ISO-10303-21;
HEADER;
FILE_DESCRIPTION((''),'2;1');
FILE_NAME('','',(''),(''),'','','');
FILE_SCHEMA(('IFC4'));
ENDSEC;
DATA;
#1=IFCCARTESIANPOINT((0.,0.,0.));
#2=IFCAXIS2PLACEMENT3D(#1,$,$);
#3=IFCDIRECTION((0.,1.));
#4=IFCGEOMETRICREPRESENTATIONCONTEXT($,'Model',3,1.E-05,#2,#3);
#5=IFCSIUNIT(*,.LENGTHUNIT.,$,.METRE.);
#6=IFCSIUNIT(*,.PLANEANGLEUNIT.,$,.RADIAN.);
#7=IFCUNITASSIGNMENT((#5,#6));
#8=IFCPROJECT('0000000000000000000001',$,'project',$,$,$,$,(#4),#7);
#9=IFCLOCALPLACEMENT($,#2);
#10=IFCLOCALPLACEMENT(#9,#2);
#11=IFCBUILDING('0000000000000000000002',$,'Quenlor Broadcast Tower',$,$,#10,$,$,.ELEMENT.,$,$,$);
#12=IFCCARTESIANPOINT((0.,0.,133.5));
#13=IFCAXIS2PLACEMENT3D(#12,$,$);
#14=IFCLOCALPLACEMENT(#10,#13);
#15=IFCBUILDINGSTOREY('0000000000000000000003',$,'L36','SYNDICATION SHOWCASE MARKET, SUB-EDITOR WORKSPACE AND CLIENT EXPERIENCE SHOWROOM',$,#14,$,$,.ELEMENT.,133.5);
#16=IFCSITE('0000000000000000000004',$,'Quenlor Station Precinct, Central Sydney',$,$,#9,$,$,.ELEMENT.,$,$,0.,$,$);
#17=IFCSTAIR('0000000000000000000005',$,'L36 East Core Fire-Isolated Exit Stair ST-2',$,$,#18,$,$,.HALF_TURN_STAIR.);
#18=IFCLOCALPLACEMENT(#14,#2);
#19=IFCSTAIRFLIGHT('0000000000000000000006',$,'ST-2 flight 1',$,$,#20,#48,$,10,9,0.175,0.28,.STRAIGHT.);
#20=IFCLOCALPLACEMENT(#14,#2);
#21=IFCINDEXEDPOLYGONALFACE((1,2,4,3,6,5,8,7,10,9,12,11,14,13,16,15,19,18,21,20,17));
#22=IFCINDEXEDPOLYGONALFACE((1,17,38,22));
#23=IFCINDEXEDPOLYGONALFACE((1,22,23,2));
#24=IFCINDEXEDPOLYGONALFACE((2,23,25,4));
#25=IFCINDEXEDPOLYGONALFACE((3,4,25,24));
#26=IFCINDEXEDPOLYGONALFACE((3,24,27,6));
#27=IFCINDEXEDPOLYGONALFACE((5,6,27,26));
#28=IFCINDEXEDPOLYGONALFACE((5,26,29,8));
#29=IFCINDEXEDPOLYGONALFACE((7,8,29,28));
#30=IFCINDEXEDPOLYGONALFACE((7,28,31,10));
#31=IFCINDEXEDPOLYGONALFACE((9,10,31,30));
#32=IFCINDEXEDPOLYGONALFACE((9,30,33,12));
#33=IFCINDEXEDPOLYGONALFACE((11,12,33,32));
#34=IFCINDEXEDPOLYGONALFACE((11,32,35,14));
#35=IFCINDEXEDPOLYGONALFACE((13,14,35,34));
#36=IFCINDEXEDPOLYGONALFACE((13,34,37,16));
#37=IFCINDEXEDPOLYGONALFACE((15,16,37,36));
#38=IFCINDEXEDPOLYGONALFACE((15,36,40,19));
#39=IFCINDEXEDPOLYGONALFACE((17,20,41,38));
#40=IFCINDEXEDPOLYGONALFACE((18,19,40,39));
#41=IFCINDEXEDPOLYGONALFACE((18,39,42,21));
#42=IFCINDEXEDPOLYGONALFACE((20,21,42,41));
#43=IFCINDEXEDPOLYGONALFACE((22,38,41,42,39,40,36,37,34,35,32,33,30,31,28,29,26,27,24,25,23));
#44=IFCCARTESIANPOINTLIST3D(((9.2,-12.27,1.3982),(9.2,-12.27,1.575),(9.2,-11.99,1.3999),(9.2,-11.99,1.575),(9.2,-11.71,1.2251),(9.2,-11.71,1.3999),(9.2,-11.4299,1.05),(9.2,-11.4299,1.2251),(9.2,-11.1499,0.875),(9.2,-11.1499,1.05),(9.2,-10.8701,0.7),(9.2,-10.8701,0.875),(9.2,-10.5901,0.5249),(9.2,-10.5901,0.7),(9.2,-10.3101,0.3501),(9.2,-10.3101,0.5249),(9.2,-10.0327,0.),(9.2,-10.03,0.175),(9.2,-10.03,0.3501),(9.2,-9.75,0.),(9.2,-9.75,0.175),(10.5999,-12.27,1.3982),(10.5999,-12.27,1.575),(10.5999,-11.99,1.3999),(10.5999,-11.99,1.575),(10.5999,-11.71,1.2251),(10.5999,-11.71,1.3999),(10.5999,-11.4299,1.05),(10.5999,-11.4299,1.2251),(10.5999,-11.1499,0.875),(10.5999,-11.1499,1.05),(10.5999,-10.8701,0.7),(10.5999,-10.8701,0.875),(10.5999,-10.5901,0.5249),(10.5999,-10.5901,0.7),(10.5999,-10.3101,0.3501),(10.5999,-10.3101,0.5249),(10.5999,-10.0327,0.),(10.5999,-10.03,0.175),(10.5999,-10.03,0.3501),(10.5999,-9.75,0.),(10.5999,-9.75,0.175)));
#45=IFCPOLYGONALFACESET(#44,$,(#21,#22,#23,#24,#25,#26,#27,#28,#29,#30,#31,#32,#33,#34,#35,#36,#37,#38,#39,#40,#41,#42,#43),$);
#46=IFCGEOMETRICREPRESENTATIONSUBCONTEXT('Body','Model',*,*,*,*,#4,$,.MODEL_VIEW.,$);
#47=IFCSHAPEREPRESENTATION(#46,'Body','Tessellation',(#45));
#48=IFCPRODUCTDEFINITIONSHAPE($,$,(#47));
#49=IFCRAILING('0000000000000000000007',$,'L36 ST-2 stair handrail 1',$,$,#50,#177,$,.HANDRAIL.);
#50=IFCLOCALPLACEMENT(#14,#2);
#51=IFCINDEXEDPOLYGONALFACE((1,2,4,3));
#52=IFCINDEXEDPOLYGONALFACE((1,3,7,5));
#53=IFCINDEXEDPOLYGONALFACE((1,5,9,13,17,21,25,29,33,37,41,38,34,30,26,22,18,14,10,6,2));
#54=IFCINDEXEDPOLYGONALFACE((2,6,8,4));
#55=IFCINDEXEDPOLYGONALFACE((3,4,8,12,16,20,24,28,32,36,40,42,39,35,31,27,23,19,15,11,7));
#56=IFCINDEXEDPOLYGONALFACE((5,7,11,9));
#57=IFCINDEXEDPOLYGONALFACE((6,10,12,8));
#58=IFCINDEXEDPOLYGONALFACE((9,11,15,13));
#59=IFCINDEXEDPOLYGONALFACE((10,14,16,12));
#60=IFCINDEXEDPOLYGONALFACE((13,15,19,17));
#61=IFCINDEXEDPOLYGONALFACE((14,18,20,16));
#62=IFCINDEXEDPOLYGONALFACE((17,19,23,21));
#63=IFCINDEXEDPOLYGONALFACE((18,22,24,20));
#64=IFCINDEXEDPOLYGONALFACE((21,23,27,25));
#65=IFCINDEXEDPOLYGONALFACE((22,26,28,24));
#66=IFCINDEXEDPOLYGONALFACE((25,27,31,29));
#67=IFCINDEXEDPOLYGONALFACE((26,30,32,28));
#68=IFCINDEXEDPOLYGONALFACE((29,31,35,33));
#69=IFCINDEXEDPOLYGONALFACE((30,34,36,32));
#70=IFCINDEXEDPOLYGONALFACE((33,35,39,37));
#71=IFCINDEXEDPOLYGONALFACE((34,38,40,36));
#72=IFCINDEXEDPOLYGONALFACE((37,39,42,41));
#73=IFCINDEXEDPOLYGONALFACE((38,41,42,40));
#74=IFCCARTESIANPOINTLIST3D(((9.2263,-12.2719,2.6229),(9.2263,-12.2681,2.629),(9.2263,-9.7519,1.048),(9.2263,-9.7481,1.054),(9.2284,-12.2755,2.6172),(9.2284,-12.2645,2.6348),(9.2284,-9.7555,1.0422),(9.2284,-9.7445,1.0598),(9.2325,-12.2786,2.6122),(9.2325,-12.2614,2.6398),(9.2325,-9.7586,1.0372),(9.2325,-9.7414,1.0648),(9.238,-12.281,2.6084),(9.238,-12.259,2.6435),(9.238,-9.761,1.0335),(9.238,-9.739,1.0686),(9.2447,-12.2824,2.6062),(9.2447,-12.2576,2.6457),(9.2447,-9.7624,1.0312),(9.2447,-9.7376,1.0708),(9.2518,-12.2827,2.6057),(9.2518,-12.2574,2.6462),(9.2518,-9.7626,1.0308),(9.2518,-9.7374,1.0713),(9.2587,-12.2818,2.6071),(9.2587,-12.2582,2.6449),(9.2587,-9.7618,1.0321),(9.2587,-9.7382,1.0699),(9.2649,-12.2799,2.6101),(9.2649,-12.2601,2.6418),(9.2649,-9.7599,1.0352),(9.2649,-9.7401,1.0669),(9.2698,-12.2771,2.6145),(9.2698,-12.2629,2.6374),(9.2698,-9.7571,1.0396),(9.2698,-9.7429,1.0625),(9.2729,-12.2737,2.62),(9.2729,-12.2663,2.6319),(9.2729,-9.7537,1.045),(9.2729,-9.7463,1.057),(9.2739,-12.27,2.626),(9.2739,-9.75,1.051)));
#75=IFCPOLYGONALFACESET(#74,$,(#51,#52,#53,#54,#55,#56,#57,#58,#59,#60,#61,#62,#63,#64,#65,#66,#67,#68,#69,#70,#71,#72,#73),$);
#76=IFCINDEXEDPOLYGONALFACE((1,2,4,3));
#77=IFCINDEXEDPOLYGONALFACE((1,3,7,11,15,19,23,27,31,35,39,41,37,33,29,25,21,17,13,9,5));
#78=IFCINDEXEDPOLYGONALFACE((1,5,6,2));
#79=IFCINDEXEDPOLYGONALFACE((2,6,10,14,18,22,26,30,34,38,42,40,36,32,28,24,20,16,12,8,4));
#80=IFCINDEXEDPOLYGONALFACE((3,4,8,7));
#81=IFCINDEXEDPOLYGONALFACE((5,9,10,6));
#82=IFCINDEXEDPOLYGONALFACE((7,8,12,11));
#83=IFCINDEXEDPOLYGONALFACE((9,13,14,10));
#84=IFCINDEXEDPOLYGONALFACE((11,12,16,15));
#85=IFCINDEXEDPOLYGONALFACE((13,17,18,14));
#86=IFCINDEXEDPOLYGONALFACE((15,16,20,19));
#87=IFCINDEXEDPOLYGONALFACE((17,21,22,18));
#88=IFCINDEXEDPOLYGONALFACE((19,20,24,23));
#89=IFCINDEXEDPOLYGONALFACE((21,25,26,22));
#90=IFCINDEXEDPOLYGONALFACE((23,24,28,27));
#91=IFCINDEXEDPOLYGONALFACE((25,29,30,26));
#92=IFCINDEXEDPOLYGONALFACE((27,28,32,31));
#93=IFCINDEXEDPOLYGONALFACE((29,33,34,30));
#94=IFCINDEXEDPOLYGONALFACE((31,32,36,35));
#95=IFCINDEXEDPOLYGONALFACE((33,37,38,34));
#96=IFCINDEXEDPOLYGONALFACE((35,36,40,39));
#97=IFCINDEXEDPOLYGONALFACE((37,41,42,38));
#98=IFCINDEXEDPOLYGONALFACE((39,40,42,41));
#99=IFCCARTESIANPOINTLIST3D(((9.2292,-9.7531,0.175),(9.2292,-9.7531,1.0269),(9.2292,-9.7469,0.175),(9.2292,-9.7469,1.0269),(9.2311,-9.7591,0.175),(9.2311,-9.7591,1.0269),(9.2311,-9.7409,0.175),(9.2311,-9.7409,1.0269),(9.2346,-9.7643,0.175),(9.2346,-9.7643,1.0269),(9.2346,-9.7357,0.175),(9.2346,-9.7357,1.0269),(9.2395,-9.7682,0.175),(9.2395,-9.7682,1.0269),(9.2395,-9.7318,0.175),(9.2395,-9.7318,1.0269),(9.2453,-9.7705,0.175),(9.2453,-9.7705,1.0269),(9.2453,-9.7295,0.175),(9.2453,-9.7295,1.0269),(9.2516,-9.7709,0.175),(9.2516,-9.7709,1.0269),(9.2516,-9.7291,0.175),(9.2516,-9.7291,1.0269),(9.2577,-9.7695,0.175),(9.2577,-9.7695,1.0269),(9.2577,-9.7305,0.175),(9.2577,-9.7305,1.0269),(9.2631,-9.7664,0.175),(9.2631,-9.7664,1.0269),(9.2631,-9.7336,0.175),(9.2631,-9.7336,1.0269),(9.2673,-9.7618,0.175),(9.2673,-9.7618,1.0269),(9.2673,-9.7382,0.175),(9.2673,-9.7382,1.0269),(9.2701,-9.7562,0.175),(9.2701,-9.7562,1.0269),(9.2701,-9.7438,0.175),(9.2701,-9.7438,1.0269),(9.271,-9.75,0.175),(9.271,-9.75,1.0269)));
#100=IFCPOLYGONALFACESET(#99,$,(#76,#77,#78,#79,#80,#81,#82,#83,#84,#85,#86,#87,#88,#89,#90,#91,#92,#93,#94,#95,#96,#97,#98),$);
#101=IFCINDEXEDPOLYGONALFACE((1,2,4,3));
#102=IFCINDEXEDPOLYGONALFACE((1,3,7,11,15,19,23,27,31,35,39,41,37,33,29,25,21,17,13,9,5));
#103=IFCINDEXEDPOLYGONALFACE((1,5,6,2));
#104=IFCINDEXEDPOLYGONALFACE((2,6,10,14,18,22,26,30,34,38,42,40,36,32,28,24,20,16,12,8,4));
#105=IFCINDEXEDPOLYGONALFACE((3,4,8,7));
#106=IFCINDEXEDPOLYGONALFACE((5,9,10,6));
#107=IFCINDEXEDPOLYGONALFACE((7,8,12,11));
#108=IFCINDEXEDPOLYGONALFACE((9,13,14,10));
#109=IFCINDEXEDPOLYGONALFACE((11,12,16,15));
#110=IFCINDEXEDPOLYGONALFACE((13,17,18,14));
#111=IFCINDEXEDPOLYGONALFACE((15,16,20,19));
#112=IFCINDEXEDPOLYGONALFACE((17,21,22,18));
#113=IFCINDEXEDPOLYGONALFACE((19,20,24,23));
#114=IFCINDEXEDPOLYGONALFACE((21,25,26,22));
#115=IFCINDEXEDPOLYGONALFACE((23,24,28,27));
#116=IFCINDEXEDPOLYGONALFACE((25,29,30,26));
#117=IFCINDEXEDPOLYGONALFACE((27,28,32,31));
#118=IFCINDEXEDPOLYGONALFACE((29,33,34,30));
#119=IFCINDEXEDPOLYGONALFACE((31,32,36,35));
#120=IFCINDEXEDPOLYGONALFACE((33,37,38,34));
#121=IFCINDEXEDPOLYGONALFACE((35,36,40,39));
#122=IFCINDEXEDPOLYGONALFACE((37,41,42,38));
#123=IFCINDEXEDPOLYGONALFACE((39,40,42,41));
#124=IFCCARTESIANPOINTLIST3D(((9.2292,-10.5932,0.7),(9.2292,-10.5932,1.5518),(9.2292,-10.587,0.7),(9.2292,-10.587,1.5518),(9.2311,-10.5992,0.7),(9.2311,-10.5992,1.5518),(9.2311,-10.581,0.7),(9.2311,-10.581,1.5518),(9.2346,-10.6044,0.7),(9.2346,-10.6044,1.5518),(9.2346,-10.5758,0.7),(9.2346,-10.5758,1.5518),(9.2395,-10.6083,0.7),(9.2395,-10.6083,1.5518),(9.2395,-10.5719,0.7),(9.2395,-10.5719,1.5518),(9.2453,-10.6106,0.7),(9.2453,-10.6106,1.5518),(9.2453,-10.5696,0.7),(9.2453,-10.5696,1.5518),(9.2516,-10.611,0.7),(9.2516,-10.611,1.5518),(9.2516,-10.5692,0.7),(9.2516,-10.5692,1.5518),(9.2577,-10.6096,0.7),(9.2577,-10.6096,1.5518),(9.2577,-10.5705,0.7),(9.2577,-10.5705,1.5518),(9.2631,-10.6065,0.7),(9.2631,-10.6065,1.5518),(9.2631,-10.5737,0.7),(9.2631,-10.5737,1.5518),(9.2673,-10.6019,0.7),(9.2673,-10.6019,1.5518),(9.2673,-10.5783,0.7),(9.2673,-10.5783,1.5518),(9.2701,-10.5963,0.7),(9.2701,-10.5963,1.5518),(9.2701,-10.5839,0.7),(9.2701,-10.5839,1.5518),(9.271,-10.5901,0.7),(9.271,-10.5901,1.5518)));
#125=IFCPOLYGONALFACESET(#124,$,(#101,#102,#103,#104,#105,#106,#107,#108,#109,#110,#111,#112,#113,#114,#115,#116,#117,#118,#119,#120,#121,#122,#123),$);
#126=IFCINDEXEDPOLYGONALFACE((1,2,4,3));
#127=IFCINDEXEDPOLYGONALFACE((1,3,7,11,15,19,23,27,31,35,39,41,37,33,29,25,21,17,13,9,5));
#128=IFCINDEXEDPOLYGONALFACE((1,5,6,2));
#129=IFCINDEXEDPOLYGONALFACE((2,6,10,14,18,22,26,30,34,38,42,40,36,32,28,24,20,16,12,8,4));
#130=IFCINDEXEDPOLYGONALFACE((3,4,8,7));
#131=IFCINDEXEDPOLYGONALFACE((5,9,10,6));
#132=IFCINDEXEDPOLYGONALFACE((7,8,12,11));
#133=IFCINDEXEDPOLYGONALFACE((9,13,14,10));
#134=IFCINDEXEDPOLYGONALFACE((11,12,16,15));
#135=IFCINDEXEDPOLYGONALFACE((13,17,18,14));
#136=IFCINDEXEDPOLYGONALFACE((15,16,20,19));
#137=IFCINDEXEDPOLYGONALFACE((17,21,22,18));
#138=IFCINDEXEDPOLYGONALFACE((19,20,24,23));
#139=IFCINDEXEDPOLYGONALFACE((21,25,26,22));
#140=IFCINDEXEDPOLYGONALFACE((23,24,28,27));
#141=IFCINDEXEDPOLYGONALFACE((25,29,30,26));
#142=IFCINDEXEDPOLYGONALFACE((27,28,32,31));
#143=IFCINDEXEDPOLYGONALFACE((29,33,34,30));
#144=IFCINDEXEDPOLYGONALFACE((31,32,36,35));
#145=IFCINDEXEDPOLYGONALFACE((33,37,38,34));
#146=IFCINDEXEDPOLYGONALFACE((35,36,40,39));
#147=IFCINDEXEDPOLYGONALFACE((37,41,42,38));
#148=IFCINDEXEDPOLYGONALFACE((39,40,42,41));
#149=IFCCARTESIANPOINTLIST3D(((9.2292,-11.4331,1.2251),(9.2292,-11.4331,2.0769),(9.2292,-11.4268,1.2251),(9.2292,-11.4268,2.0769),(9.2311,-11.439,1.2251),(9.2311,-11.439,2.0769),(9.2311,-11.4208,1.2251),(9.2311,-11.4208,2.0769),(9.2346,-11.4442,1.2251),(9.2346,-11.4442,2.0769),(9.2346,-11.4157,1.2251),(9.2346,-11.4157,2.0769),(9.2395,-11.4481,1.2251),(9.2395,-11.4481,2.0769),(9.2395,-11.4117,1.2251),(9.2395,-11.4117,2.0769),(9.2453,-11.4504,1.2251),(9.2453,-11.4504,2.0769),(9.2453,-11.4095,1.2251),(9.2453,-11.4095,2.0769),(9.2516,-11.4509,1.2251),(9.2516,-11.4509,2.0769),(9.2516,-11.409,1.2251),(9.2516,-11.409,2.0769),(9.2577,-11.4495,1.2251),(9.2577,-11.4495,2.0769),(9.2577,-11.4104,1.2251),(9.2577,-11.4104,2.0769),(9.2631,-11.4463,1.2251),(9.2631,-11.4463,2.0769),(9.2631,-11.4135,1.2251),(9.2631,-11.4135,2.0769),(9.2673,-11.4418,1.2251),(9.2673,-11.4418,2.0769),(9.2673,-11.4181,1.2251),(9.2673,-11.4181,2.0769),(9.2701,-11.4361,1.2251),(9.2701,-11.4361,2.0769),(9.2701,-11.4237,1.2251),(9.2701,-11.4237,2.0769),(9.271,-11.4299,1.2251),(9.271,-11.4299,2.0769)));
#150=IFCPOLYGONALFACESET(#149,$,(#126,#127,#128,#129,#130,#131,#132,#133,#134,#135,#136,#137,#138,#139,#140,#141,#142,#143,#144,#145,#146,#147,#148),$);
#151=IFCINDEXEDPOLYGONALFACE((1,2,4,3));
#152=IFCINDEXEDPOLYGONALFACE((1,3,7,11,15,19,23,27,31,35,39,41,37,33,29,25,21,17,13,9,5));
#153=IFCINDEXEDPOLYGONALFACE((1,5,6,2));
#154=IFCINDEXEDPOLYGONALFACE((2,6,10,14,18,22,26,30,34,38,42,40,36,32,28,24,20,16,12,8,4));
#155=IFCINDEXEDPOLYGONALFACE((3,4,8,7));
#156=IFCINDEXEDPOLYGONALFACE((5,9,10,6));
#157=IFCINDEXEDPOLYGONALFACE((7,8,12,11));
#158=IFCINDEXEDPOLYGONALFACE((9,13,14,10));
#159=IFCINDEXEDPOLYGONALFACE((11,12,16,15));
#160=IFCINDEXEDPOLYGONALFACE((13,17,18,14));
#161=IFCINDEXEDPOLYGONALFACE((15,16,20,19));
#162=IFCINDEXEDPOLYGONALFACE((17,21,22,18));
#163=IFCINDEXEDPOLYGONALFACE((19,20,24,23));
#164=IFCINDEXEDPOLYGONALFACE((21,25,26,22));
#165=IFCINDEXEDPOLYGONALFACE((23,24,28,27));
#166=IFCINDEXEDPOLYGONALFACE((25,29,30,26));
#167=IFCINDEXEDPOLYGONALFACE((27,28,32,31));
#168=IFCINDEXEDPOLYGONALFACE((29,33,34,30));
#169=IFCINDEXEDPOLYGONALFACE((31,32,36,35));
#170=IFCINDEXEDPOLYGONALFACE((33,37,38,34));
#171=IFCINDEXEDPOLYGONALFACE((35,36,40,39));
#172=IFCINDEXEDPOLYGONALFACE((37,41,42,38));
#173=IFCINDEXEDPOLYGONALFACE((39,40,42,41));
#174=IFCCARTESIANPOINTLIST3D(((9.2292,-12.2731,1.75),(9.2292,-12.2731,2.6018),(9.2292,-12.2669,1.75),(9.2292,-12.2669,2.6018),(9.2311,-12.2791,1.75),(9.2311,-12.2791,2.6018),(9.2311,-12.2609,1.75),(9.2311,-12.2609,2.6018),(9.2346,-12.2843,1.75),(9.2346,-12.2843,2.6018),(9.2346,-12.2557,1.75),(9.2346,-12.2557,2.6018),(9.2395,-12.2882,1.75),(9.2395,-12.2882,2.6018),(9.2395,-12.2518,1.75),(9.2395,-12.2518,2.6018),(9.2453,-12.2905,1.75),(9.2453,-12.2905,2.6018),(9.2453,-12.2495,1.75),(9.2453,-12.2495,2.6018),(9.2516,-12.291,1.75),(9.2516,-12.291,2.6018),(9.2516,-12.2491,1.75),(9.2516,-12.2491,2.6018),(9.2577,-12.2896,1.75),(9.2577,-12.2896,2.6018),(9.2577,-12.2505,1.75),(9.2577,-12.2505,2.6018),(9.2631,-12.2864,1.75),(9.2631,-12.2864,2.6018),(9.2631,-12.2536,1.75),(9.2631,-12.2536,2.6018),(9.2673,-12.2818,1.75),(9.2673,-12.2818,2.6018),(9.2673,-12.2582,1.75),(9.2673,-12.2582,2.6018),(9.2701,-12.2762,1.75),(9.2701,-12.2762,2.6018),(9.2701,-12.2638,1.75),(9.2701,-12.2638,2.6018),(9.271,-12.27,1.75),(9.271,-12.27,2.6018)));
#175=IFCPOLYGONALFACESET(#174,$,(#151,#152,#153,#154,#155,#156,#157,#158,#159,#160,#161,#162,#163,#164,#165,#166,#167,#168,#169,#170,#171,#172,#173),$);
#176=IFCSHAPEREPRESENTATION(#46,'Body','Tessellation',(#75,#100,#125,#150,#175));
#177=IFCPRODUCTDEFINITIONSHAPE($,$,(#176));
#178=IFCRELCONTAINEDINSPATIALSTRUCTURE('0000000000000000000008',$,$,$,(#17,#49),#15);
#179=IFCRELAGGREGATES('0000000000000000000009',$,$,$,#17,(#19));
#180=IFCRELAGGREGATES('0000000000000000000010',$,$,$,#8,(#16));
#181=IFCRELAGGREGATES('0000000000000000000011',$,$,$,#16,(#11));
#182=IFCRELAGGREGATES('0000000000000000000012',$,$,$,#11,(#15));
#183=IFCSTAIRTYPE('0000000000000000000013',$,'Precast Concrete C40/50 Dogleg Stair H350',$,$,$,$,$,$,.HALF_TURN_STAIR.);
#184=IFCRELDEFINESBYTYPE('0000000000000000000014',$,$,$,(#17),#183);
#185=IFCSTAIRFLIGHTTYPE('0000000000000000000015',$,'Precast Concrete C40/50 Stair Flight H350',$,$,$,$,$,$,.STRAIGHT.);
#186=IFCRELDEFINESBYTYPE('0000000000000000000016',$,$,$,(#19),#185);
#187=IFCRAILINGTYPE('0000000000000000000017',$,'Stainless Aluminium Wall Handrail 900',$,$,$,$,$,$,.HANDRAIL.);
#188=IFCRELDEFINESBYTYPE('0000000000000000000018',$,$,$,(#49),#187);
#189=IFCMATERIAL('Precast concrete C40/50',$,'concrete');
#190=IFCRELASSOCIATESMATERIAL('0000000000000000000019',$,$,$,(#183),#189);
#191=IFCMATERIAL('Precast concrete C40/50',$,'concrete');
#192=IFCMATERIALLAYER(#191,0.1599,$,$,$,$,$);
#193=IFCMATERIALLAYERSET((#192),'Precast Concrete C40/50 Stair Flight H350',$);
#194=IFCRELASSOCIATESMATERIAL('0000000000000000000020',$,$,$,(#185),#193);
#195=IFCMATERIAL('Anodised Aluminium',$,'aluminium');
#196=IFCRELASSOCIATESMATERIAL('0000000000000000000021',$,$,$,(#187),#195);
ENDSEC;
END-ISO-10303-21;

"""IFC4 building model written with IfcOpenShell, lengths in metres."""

from ifc_helpers import new_model, si_unit, direction, frame, origin, origin_2d, place, context, subcontext, project, spatial, polyline, circle, outline, extrude, material, layer, layer_set, type_object, element, aggregate, save


model = new_model("IFC4")

# Units and contexts
model_context = context("Model", 3, precision=1e-05, world=origin(), true_north=direction((0.0, 1.0)))
body_context = subcontext(model_context, "Body", "Model", "MODEL_VIEW")
ifc_project = project(units=[si_unit("LENGTHUNIT", "METRE"), si_unit("PLANEANGLEUNIT", "RADIAN")], contexts=[model_context])

# Site, building, storey
site_placement = place(None, origin())
site = spatial("IfcSite", under=ifc_project, at=site_placement, Name="Quenlor Station Precinct, Central Sydney", CompositionType="ELEMENT", RefElevation=0.0)
building_placement = place(site_placement, origin())
building = spatial("IfcBuilding", under=site, at=building_placement, Name="Quenlor Broadcast Tower", CompositionType="ELEMENT")
storey_placement = place(building_placement, frame((0.0, 0.0, 133.5)))
storey = spatial("IfcBuildingStorey", under=building, at=storey_placement, Name="L36", Description="SYNDICATION SHOWCASE MARKET, SUB-EDITOR WORKSPACE AND CLIENT EXPERIENCE SHOWROOM", CompositionType="ELEMENT", Elevation=133.5)

# Stair, stair flight
ifc_material_1 = material(Name="Precast concrete C40/50", Category="concrete")
stair_type = type_object("IfcStairType", Name="Precast Concrete C40/50 Dogleg Stair H350", PredefinedType="HALF_TURN_STAIR", material=ifc_material_1)
stair_placement = place(storey_placement, origin())
stair = element("IfcStair", 1, at=stair_placement, inside=storey, type_object=stair_type, Name="L36 East Core Fire-Isolated Exit Stair ST-2", PredefinedType="HALF_TURN_STAIR")
ifc_material_2 = material(Name="Precast concrete C40/50", Category="concrete")
ifc_layer_1 = layer(ifc_material_2, 0.1599)
ifc_layer_set_1 = layer_set([ifc_layer_1], Name="Precast Concrete C40/50 Stair Flight H350")
stair_flight_type = type_object("IfcStairFlightType", Name="Precast Concrete C40/50 Stair Flight H350", PredefinedType="STRAIGHT", material=ifc_layer_set_1)
stair_flight_placement = place(storey_placement, frame((9.8999, -9.75, 0.0), z_axis=(0.0, 0.0, 1.0), x_axis=(0.0, -1.0, 0.0)))
stair_flight = element("IfcStairFlight", 2, at=stair_flight_placement, type_object=stair_flight_type, Name="ST-2 flight 1", NumberOfRisers=10, NumberOfTreads=9, PredefinedType="STRAIGHT", RiserHeight=0.175, TreadLength=0.28, context=body_context, shape_type="SweptSolid", body=[
    extrude(outline(polyline([(0.0, 0.0), (0.0, 0.175), (0.28, 0.175), (0.28, 0.3501), (0.5601, 0.3501), (0.5601, 0.5249), (0.8401, 0.5249), (0.8401, 0.7), (1.1201, 0.7), (1.1201, 0.875), (1.3999, 0.875), (1.3999, 1.05), (1.6799, 1.05), (1.6799, 1.2251), (1.96, 1.2251), (1.96, 1.3999), (2.24, 1.3999), (2.24, 1.575), (2.52, 1.575), (2.52, 1.75), (2.52, 1.3982), (0.2827, 0.0), (0.0, 0.0)])), frame((0.0, 0.7, 0.0), z_axis=(0.0, -1.0, 0.0), x_axis=(1.0, 0.0, 0.0)), (0.0, 0.0, 1.0), 1.3999),
])
aggregate(stair, [stair_flight])

# Railing
ifc_material_3 = material(Name="Anodised Aluminium", Category="aluminium")
railing_type_1 = type_object("IfcRailingType", Name="Stainless Aluminium Wall Handrail 900", PredefinedType="HANDRAIL", material=ifc_material_3)
railing_1_placement = place(storey_placement, frame((9.25, -9.75, 0.175)))
element("IfcRailing", 3, at=railing_1_placement, inside=storey, type_object=railing_type_1, Name="L36 ST-2 stair handrail 1", PredefinedType="HANDRAIL", context=body_context, shape_type="SweptSolid", body=[
    extrude(circle(Radius=0.0239, at=origin_2d()), frame((0.0, 0.0, 0.876), z_axis=(0.0, -0.848008, 0.529984), x_axis=(1.0, 0.0, 0.0)), (0.0, 0.0, 1.0), 2.9717),
    extrude(circle(Radius=0.021, at=origin_2d()), origin(), (0.0, 0.0, 1.0), 0.8518),
    extrude(circle(Radius=0.021, at=origin_2d()), frame((0.0, -0.8401, 0.5249)), (0.0, 0.0, 1.0), 0.8518),
    extrude(circle(Radius=0.021, at=origin_2d()), frame((0.0, -1.6799, 1.05)), (0.0, 0.0, 1.0), 0.8518),
    extrude(circle(Radius=0.021, at=origin_2d()), frame((0.0, -2.52, 1.575)), (0.0, 0.0, 1.0), 0.8518),
])

save(model, "model.ifc")
